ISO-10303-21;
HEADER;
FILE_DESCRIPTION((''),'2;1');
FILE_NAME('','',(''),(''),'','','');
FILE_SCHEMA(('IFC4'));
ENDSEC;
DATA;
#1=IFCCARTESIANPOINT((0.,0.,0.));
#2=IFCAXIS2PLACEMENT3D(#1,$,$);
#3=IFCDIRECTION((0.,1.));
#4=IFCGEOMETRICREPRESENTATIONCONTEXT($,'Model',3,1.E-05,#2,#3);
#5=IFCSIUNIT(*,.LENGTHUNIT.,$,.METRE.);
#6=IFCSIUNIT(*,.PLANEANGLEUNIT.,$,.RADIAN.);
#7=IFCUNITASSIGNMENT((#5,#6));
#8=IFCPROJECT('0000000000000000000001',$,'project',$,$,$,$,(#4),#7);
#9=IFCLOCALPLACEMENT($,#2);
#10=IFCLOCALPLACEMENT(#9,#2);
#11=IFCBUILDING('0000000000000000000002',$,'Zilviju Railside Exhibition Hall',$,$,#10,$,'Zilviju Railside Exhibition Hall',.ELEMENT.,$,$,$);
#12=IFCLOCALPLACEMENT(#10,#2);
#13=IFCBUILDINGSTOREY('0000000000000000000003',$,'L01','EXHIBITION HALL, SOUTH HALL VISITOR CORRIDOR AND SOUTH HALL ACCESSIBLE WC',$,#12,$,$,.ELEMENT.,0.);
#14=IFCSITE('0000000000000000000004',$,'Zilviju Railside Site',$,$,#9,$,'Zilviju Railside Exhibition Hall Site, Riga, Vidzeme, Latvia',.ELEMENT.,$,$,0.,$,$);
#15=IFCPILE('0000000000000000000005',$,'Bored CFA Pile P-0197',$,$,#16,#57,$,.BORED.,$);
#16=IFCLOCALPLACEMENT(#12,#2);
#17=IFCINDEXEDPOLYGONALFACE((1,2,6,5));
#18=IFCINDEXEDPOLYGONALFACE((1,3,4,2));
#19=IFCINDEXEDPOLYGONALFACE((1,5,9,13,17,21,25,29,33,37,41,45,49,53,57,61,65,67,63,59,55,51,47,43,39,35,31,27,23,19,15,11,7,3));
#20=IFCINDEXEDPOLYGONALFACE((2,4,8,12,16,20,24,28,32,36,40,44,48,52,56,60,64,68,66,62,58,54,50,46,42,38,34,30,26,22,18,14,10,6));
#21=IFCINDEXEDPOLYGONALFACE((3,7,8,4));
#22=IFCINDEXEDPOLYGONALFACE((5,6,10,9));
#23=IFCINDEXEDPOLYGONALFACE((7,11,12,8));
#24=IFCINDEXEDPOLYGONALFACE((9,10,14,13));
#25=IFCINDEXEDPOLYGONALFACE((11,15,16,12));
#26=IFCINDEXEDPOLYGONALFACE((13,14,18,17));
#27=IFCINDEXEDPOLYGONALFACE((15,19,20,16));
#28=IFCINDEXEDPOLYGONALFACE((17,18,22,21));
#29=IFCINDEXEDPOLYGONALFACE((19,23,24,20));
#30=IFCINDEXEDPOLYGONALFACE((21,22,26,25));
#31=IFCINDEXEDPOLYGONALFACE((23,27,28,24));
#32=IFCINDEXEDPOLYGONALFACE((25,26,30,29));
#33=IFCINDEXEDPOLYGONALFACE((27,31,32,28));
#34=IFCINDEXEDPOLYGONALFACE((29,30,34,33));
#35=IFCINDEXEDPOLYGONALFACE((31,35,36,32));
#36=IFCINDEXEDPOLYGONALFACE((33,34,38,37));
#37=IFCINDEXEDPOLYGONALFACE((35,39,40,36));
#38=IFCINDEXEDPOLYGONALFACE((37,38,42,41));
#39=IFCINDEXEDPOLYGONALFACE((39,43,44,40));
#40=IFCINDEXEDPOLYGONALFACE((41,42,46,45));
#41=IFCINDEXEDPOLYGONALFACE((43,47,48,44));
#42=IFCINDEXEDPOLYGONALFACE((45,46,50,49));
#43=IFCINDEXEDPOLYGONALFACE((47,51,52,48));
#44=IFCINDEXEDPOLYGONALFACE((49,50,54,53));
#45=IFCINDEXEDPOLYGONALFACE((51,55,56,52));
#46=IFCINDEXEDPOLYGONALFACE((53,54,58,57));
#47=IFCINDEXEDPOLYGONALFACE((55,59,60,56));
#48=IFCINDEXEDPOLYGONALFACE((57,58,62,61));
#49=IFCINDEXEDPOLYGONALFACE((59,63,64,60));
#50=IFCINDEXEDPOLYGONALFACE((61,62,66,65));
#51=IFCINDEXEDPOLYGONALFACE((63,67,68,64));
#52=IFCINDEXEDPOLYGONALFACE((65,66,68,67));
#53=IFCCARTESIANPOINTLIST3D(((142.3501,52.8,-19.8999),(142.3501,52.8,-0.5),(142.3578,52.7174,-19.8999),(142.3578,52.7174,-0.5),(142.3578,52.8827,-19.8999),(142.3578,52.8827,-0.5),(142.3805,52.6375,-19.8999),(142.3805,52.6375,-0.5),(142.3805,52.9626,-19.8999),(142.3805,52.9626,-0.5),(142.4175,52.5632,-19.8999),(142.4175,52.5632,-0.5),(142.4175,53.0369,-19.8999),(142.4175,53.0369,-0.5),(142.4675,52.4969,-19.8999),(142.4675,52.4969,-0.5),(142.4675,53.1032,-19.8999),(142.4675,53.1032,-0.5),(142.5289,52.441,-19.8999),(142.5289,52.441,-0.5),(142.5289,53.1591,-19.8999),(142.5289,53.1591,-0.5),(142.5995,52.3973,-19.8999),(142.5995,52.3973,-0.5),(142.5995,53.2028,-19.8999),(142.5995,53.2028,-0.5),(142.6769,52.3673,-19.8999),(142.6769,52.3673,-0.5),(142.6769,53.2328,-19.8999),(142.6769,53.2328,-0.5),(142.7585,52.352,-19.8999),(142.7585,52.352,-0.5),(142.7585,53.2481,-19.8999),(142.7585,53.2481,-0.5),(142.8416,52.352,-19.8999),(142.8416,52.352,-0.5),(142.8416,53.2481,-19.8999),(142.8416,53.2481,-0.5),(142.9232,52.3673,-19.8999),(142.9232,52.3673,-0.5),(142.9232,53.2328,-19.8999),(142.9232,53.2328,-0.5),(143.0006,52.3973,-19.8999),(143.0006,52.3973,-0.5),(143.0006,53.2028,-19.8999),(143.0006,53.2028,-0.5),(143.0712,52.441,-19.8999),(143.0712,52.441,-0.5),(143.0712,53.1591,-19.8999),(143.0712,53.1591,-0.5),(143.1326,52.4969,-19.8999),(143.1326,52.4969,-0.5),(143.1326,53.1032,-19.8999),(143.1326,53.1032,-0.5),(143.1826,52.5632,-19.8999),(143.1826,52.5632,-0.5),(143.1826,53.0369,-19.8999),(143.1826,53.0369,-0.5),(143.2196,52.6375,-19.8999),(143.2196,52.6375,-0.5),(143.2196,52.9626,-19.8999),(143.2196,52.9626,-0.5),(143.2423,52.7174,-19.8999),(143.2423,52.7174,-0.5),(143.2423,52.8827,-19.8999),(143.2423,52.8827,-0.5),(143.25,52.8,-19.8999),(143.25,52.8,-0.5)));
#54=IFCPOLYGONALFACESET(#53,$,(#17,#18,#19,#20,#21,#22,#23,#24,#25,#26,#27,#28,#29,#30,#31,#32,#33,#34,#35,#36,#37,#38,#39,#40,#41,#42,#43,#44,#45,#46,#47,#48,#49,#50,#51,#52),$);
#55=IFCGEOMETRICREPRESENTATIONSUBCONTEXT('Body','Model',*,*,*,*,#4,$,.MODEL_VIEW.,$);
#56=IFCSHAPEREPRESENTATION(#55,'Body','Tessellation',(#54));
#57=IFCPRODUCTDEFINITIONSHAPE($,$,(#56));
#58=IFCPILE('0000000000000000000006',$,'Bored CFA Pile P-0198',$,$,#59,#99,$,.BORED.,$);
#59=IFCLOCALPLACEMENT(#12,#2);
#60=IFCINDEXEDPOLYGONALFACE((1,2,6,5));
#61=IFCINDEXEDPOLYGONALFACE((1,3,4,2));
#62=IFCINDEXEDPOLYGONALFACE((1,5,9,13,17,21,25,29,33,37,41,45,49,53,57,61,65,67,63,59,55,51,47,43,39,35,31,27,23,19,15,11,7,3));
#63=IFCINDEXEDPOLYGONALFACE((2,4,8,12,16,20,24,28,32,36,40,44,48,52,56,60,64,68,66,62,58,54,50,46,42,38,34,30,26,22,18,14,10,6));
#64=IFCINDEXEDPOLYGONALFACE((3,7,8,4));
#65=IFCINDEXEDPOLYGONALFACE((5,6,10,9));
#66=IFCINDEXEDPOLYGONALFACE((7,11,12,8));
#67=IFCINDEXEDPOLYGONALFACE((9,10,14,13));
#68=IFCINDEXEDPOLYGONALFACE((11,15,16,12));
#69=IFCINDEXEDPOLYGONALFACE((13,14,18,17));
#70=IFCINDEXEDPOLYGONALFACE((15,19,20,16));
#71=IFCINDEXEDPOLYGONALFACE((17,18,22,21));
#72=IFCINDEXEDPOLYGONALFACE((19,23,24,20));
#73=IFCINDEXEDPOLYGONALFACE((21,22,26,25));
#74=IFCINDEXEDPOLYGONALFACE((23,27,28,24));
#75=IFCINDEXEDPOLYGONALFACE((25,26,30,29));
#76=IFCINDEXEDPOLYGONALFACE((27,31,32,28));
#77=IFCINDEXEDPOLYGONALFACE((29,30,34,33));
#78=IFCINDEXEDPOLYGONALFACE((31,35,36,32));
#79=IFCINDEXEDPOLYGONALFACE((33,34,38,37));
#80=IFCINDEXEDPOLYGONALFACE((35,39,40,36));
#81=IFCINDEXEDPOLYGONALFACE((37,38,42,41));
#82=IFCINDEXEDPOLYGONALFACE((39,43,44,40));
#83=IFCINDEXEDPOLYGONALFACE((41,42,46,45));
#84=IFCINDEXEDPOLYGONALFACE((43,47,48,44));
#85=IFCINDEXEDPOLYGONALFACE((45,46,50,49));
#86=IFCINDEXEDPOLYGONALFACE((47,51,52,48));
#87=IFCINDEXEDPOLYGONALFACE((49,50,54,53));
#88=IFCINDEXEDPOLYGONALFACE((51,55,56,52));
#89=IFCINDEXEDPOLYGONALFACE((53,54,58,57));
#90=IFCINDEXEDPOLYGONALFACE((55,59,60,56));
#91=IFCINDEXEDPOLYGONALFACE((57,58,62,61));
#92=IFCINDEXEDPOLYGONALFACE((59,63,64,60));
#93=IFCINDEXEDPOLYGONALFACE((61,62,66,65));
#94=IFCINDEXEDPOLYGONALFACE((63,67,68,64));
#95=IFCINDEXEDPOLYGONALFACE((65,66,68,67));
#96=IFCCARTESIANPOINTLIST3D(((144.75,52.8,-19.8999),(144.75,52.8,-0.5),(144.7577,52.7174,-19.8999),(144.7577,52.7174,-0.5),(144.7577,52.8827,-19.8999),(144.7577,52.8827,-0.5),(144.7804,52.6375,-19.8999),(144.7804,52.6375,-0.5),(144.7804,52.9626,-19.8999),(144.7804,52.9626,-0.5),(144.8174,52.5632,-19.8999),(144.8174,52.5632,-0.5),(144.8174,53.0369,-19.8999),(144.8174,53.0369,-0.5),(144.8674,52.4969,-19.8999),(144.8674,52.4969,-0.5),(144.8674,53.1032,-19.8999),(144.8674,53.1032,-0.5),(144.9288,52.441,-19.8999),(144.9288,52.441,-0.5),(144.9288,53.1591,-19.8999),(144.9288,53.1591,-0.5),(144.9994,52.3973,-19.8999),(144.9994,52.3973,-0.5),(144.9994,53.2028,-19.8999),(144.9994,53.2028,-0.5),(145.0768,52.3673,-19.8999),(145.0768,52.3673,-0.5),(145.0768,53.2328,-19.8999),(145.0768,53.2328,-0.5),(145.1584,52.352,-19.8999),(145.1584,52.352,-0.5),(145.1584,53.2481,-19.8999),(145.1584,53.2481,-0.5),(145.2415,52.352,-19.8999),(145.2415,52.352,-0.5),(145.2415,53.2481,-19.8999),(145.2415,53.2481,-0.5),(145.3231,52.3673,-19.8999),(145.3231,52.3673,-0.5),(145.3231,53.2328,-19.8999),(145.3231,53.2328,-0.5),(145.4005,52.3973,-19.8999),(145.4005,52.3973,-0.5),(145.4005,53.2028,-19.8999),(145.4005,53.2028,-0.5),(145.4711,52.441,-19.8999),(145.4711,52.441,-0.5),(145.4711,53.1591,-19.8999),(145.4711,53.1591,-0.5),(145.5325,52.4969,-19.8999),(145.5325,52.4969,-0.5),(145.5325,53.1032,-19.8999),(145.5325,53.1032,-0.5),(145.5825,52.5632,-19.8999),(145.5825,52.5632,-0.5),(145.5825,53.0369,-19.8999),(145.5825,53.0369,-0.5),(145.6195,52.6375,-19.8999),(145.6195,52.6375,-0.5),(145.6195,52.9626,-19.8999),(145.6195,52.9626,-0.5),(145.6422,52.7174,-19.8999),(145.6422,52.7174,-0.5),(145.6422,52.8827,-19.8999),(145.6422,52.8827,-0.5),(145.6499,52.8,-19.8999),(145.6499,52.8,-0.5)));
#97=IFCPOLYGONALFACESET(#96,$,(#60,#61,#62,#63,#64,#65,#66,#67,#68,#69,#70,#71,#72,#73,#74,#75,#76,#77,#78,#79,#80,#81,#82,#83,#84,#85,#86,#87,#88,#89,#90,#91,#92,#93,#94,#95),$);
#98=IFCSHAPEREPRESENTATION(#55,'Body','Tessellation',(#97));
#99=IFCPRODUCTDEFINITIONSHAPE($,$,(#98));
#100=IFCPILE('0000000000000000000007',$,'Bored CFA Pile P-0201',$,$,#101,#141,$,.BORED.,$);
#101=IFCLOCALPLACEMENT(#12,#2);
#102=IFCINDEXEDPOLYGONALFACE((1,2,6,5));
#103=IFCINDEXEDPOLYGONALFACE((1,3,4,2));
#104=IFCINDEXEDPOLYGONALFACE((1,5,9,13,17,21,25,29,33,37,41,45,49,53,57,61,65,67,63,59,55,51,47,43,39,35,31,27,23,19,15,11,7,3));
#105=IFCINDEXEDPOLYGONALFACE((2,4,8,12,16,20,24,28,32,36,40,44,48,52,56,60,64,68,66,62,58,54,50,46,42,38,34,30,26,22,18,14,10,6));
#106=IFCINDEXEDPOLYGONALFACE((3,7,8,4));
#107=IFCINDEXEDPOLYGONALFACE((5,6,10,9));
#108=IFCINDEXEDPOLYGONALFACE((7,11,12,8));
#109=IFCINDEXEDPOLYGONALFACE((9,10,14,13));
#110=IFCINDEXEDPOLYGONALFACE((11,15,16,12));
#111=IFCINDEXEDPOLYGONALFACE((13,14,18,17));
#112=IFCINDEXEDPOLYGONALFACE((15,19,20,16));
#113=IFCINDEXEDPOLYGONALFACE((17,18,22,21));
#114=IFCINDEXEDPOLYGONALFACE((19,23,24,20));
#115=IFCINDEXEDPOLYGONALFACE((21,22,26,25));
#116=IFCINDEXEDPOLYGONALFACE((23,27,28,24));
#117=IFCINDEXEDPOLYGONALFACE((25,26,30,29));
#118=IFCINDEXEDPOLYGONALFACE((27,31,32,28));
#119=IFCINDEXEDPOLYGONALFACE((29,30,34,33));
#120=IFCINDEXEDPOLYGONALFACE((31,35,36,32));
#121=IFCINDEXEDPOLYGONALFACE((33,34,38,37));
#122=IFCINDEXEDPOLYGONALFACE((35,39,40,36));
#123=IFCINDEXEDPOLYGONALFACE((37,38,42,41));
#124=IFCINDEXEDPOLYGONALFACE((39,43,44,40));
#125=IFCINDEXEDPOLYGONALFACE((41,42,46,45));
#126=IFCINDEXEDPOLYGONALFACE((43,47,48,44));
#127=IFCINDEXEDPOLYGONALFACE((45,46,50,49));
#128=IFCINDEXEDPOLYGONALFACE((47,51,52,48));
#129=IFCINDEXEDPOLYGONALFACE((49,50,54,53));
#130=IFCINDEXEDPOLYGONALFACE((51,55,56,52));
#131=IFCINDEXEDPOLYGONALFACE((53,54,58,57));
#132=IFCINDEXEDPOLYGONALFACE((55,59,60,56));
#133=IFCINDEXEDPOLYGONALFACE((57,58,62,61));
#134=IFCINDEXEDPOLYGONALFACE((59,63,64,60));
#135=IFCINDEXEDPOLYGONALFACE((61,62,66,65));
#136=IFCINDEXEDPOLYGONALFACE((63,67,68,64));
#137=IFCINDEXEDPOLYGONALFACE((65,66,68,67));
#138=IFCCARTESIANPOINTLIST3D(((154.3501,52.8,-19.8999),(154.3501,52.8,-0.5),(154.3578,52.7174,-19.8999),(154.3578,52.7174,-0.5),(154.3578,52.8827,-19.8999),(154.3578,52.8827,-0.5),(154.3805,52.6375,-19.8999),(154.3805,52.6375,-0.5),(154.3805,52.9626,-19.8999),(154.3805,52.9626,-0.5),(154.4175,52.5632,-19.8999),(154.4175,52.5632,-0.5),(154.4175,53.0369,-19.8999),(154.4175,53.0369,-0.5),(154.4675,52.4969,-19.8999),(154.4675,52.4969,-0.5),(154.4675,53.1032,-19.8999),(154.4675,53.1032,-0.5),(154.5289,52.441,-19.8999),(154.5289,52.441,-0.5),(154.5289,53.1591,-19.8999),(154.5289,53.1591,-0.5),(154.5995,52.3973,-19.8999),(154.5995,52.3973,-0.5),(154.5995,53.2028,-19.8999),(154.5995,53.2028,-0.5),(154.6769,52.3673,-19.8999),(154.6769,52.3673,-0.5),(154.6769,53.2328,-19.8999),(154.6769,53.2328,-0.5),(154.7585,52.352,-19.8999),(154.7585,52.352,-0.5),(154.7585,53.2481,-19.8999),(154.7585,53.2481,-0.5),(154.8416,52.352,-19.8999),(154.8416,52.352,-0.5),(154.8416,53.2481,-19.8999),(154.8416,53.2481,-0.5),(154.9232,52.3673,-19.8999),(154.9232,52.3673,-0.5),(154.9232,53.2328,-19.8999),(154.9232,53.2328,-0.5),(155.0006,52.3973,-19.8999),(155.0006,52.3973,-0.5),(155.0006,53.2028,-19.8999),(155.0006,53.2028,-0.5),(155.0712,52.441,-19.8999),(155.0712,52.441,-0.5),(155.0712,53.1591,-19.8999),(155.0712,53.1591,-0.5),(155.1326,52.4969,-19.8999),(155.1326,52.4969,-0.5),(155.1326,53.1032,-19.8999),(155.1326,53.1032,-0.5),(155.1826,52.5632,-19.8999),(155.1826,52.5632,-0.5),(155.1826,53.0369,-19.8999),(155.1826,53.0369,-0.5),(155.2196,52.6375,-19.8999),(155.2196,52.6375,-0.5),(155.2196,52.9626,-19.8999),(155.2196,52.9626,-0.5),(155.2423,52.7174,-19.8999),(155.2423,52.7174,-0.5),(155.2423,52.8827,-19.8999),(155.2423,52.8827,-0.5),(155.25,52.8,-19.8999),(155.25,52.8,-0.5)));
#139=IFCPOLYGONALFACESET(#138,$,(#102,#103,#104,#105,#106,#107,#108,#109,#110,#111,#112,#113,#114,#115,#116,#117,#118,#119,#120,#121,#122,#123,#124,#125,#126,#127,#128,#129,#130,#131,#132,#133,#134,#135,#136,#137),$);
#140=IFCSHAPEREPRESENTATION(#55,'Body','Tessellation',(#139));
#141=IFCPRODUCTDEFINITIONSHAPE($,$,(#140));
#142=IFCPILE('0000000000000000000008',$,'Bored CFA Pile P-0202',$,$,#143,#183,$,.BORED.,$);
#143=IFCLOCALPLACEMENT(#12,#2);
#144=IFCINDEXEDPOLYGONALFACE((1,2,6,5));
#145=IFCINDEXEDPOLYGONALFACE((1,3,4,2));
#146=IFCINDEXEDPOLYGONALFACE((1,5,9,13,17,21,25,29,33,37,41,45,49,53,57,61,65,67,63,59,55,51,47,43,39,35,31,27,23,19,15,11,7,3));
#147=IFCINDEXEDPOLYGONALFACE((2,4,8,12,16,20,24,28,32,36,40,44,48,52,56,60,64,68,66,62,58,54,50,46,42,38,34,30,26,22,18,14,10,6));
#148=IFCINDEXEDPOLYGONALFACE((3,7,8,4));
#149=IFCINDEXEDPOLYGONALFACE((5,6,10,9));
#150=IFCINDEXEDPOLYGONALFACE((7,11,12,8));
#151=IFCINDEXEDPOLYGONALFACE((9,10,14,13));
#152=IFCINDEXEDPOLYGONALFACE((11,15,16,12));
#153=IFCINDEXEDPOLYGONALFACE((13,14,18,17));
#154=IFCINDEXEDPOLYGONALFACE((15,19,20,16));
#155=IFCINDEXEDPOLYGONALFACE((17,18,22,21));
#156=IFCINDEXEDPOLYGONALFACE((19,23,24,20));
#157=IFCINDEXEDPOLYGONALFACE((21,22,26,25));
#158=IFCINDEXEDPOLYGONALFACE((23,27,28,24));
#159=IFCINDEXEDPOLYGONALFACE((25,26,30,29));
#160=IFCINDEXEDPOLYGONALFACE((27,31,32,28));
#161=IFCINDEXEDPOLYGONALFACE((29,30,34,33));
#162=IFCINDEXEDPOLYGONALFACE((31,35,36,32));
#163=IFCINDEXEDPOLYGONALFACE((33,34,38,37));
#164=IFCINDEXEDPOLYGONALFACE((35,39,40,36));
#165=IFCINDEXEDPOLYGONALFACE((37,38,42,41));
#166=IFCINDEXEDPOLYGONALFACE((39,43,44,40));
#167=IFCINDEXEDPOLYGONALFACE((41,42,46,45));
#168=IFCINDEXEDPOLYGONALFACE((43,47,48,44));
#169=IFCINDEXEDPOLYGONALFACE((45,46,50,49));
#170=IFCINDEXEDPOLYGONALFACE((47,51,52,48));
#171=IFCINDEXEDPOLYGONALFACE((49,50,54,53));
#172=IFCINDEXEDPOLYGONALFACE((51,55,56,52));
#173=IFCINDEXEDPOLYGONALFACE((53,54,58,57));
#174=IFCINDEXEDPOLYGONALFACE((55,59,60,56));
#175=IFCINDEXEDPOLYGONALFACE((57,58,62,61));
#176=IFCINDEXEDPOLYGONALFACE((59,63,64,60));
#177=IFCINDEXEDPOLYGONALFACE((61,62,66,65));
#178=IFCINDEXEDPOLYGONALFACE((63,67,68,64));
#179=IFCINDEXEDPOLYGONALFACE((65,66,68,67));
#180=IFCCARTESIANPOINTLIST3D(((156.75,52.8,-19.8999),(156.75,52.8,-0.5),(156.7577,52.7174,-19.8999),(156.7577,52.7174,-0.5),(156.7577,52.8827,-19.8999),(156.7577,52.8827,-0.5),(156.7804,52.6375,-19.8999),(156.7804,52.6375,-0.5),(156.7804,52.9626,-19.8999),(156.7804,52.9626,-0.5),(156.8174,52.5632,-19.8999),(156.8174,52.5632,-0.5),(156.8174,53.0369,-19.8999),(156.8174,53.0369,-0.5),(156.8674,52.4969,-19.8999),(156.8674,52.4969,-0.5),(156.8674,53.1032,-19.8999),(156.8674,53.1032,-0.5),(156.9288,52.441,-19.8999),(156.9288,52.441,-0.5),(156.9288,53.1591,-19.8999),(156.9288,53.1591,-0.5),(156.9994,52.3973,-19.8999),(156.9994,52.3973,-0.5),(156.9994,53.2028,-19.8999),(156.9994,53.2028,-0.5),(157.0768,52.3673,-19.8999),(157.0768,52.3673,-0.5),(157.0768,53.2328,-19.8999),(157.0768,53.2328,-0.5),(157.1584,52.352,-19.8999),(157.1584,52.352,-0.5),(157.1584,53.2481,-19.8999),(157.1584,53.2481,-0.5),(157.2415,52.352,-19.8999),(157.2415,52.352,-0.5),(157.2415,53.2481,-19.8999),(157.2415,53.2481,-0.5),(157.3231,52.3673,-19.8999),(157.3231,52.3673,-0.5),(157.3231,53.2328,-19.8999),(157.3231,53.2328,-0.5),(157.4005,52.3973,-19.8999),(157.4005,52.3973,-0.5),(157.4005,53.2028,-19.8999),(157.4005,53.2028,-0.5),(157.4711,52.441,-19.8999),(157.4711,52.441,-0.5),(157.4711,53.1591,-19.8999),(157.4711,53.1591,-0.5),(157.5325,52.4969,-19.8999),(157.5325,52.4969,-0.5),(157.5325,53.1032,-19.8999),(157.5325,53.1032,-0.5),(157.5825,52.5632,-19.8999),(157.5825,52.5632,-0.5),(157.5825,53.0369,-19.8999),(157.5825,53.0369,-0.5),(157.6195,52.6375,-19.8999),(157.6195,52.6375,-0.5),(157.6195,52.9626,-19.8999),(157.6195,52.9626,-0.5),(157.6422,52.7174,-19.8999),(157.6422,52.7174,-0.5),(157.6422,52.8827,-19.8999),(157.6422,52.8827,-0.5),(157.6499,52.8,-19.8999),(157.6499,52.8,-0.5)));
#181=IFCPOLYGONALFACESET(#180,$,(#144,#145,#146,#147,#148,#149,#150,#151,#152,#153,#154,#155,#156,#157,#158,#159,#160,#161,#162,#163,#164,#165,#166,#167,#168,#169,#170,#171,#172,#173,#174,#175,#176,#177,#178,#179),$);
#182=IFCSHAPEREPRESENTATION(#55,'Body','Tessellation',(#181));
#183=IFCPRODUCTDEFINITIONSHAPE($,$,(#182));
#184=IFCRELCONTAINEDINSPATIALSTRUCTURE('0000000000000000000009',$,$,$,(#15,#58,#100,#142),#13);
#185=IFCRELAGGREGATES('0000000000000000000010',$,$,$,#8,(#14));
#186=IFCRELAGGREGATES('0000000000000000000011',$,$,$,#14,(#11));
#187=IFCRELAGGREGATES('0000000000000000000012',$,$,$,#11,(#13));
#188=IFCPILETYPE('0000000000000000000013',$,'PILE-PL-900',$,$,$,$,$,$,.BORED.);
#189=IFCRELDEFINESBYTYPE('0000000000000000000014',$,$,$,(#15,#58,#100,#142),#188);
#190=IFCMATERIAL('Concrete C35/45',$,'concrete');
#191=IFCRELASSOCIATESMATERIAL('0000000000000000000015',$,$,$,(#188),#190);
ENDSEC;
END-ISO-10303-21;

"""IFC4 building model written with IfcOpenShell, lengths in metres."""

from ifc_helpers import new_model, si_unit, direction, frame, origin, origin_2d, place, context, subcontext, project, spatial, circle, extrude, material, material_profile, profile_set, type_object, element, save


model = new_model("IFC4")

# Units and contexts
model_context = context("Model", 3, precision=1e-05, world=origin(), true_north=direction((0.0, 1.0)))
body_context = subcontext(model_context, "Body", "Model", "MODEL_VIEW")
ifc_project = project(units=[si_unit("LENGTHUNIT", "METRE"), si_unit("PLANEANGLEUNIT", "RADIAN")], contexts=[model_context])

# Site, building, storey
site_placement = place(None, origin())
site = spatial("IfcSite", under=ifc_project, at=site_placement, Name="Zilviju Railside Site", LongName="Zilviju Railside Exhibition Hall Site, Riga, Vidzeme, Latvia", CompositionType="ELEMENT", RefElevation=0.0)
building_placement = place(site_placement, origin())
building = spatial("IfcBuilding", under=site, at=building_placement, Name="Zilviju Railside Exhibition Hall", LongName="Zilviju Railside Exhibition Hall", CompositionType="ELEMENT")
storey_placement = place(building_placement, origin())
storey = spatial("IfcBuildingStorey", under=building, at=storey_placement, Name="L01", Description="EXHIBITION HALL, SOUTH HALL VISITOR CORRIDOR AND SOUTH HALL ACCESSIBLE WC", CompositionType="ELEMENT", Elevation=0.0)

# Shared definitions
ifc_material_1 = material(Name="Concrete C35/45", Category="concrete")

# Piles
ifc_material_profile_1 = material_profile(ifc_material_1, circle(Radius=0.45, at=origin_2d()), Name="CFA PILE D900")
ifc_profile_set_1 = profile_set([ifc_material_profile_1], Name="Concrete C35/45")
pile_type_1 = type_object("IfcPileType", Name="PILE-PL-900", PredefinedType="BORED", material=ifc_profile_set_1)
for number, where, z_axis, x_axis, name in (
    (1, (142.8, 52.8, -0.5), (0.0, 0.0, -1.0), (1.0, 0.0, 0.0), "Bored CFA Pile P-0197"),
    (2, (145.2, 52.8, -0.5), (0.0, 0.0, -1.0), (1.0, 0.0, 0.0), "Bored CFA Pile P-0198"),
    (3, (154.8, 52.8, -0.5), (0.0, 0.0, -1.0), (1.0, 0.0, 0.0), "Bored CFA Pile P-0201"),
    (4, (157.2, 52.8, -0.5), (0.0, 0.0, -1.0), (1.0, 0.0, 0.0), "Bored CFA Pile P-0202"),
):
    element("IfcPile", number, at=place(storey_placement, frame(where, z_axis=z_axis, x_axis=x_axis)), inside=storey, type_object=pile_type_1, Name=name, PredefinedType="BORED", context=body_context, shape_type="SweptSolid", body=[
        extrude(circle(Radius=0.45, at=origin_2d()), origin(), (0.0, 0.0, 1.0), 19.3999),
    ])

save(model, "model.ifc")
